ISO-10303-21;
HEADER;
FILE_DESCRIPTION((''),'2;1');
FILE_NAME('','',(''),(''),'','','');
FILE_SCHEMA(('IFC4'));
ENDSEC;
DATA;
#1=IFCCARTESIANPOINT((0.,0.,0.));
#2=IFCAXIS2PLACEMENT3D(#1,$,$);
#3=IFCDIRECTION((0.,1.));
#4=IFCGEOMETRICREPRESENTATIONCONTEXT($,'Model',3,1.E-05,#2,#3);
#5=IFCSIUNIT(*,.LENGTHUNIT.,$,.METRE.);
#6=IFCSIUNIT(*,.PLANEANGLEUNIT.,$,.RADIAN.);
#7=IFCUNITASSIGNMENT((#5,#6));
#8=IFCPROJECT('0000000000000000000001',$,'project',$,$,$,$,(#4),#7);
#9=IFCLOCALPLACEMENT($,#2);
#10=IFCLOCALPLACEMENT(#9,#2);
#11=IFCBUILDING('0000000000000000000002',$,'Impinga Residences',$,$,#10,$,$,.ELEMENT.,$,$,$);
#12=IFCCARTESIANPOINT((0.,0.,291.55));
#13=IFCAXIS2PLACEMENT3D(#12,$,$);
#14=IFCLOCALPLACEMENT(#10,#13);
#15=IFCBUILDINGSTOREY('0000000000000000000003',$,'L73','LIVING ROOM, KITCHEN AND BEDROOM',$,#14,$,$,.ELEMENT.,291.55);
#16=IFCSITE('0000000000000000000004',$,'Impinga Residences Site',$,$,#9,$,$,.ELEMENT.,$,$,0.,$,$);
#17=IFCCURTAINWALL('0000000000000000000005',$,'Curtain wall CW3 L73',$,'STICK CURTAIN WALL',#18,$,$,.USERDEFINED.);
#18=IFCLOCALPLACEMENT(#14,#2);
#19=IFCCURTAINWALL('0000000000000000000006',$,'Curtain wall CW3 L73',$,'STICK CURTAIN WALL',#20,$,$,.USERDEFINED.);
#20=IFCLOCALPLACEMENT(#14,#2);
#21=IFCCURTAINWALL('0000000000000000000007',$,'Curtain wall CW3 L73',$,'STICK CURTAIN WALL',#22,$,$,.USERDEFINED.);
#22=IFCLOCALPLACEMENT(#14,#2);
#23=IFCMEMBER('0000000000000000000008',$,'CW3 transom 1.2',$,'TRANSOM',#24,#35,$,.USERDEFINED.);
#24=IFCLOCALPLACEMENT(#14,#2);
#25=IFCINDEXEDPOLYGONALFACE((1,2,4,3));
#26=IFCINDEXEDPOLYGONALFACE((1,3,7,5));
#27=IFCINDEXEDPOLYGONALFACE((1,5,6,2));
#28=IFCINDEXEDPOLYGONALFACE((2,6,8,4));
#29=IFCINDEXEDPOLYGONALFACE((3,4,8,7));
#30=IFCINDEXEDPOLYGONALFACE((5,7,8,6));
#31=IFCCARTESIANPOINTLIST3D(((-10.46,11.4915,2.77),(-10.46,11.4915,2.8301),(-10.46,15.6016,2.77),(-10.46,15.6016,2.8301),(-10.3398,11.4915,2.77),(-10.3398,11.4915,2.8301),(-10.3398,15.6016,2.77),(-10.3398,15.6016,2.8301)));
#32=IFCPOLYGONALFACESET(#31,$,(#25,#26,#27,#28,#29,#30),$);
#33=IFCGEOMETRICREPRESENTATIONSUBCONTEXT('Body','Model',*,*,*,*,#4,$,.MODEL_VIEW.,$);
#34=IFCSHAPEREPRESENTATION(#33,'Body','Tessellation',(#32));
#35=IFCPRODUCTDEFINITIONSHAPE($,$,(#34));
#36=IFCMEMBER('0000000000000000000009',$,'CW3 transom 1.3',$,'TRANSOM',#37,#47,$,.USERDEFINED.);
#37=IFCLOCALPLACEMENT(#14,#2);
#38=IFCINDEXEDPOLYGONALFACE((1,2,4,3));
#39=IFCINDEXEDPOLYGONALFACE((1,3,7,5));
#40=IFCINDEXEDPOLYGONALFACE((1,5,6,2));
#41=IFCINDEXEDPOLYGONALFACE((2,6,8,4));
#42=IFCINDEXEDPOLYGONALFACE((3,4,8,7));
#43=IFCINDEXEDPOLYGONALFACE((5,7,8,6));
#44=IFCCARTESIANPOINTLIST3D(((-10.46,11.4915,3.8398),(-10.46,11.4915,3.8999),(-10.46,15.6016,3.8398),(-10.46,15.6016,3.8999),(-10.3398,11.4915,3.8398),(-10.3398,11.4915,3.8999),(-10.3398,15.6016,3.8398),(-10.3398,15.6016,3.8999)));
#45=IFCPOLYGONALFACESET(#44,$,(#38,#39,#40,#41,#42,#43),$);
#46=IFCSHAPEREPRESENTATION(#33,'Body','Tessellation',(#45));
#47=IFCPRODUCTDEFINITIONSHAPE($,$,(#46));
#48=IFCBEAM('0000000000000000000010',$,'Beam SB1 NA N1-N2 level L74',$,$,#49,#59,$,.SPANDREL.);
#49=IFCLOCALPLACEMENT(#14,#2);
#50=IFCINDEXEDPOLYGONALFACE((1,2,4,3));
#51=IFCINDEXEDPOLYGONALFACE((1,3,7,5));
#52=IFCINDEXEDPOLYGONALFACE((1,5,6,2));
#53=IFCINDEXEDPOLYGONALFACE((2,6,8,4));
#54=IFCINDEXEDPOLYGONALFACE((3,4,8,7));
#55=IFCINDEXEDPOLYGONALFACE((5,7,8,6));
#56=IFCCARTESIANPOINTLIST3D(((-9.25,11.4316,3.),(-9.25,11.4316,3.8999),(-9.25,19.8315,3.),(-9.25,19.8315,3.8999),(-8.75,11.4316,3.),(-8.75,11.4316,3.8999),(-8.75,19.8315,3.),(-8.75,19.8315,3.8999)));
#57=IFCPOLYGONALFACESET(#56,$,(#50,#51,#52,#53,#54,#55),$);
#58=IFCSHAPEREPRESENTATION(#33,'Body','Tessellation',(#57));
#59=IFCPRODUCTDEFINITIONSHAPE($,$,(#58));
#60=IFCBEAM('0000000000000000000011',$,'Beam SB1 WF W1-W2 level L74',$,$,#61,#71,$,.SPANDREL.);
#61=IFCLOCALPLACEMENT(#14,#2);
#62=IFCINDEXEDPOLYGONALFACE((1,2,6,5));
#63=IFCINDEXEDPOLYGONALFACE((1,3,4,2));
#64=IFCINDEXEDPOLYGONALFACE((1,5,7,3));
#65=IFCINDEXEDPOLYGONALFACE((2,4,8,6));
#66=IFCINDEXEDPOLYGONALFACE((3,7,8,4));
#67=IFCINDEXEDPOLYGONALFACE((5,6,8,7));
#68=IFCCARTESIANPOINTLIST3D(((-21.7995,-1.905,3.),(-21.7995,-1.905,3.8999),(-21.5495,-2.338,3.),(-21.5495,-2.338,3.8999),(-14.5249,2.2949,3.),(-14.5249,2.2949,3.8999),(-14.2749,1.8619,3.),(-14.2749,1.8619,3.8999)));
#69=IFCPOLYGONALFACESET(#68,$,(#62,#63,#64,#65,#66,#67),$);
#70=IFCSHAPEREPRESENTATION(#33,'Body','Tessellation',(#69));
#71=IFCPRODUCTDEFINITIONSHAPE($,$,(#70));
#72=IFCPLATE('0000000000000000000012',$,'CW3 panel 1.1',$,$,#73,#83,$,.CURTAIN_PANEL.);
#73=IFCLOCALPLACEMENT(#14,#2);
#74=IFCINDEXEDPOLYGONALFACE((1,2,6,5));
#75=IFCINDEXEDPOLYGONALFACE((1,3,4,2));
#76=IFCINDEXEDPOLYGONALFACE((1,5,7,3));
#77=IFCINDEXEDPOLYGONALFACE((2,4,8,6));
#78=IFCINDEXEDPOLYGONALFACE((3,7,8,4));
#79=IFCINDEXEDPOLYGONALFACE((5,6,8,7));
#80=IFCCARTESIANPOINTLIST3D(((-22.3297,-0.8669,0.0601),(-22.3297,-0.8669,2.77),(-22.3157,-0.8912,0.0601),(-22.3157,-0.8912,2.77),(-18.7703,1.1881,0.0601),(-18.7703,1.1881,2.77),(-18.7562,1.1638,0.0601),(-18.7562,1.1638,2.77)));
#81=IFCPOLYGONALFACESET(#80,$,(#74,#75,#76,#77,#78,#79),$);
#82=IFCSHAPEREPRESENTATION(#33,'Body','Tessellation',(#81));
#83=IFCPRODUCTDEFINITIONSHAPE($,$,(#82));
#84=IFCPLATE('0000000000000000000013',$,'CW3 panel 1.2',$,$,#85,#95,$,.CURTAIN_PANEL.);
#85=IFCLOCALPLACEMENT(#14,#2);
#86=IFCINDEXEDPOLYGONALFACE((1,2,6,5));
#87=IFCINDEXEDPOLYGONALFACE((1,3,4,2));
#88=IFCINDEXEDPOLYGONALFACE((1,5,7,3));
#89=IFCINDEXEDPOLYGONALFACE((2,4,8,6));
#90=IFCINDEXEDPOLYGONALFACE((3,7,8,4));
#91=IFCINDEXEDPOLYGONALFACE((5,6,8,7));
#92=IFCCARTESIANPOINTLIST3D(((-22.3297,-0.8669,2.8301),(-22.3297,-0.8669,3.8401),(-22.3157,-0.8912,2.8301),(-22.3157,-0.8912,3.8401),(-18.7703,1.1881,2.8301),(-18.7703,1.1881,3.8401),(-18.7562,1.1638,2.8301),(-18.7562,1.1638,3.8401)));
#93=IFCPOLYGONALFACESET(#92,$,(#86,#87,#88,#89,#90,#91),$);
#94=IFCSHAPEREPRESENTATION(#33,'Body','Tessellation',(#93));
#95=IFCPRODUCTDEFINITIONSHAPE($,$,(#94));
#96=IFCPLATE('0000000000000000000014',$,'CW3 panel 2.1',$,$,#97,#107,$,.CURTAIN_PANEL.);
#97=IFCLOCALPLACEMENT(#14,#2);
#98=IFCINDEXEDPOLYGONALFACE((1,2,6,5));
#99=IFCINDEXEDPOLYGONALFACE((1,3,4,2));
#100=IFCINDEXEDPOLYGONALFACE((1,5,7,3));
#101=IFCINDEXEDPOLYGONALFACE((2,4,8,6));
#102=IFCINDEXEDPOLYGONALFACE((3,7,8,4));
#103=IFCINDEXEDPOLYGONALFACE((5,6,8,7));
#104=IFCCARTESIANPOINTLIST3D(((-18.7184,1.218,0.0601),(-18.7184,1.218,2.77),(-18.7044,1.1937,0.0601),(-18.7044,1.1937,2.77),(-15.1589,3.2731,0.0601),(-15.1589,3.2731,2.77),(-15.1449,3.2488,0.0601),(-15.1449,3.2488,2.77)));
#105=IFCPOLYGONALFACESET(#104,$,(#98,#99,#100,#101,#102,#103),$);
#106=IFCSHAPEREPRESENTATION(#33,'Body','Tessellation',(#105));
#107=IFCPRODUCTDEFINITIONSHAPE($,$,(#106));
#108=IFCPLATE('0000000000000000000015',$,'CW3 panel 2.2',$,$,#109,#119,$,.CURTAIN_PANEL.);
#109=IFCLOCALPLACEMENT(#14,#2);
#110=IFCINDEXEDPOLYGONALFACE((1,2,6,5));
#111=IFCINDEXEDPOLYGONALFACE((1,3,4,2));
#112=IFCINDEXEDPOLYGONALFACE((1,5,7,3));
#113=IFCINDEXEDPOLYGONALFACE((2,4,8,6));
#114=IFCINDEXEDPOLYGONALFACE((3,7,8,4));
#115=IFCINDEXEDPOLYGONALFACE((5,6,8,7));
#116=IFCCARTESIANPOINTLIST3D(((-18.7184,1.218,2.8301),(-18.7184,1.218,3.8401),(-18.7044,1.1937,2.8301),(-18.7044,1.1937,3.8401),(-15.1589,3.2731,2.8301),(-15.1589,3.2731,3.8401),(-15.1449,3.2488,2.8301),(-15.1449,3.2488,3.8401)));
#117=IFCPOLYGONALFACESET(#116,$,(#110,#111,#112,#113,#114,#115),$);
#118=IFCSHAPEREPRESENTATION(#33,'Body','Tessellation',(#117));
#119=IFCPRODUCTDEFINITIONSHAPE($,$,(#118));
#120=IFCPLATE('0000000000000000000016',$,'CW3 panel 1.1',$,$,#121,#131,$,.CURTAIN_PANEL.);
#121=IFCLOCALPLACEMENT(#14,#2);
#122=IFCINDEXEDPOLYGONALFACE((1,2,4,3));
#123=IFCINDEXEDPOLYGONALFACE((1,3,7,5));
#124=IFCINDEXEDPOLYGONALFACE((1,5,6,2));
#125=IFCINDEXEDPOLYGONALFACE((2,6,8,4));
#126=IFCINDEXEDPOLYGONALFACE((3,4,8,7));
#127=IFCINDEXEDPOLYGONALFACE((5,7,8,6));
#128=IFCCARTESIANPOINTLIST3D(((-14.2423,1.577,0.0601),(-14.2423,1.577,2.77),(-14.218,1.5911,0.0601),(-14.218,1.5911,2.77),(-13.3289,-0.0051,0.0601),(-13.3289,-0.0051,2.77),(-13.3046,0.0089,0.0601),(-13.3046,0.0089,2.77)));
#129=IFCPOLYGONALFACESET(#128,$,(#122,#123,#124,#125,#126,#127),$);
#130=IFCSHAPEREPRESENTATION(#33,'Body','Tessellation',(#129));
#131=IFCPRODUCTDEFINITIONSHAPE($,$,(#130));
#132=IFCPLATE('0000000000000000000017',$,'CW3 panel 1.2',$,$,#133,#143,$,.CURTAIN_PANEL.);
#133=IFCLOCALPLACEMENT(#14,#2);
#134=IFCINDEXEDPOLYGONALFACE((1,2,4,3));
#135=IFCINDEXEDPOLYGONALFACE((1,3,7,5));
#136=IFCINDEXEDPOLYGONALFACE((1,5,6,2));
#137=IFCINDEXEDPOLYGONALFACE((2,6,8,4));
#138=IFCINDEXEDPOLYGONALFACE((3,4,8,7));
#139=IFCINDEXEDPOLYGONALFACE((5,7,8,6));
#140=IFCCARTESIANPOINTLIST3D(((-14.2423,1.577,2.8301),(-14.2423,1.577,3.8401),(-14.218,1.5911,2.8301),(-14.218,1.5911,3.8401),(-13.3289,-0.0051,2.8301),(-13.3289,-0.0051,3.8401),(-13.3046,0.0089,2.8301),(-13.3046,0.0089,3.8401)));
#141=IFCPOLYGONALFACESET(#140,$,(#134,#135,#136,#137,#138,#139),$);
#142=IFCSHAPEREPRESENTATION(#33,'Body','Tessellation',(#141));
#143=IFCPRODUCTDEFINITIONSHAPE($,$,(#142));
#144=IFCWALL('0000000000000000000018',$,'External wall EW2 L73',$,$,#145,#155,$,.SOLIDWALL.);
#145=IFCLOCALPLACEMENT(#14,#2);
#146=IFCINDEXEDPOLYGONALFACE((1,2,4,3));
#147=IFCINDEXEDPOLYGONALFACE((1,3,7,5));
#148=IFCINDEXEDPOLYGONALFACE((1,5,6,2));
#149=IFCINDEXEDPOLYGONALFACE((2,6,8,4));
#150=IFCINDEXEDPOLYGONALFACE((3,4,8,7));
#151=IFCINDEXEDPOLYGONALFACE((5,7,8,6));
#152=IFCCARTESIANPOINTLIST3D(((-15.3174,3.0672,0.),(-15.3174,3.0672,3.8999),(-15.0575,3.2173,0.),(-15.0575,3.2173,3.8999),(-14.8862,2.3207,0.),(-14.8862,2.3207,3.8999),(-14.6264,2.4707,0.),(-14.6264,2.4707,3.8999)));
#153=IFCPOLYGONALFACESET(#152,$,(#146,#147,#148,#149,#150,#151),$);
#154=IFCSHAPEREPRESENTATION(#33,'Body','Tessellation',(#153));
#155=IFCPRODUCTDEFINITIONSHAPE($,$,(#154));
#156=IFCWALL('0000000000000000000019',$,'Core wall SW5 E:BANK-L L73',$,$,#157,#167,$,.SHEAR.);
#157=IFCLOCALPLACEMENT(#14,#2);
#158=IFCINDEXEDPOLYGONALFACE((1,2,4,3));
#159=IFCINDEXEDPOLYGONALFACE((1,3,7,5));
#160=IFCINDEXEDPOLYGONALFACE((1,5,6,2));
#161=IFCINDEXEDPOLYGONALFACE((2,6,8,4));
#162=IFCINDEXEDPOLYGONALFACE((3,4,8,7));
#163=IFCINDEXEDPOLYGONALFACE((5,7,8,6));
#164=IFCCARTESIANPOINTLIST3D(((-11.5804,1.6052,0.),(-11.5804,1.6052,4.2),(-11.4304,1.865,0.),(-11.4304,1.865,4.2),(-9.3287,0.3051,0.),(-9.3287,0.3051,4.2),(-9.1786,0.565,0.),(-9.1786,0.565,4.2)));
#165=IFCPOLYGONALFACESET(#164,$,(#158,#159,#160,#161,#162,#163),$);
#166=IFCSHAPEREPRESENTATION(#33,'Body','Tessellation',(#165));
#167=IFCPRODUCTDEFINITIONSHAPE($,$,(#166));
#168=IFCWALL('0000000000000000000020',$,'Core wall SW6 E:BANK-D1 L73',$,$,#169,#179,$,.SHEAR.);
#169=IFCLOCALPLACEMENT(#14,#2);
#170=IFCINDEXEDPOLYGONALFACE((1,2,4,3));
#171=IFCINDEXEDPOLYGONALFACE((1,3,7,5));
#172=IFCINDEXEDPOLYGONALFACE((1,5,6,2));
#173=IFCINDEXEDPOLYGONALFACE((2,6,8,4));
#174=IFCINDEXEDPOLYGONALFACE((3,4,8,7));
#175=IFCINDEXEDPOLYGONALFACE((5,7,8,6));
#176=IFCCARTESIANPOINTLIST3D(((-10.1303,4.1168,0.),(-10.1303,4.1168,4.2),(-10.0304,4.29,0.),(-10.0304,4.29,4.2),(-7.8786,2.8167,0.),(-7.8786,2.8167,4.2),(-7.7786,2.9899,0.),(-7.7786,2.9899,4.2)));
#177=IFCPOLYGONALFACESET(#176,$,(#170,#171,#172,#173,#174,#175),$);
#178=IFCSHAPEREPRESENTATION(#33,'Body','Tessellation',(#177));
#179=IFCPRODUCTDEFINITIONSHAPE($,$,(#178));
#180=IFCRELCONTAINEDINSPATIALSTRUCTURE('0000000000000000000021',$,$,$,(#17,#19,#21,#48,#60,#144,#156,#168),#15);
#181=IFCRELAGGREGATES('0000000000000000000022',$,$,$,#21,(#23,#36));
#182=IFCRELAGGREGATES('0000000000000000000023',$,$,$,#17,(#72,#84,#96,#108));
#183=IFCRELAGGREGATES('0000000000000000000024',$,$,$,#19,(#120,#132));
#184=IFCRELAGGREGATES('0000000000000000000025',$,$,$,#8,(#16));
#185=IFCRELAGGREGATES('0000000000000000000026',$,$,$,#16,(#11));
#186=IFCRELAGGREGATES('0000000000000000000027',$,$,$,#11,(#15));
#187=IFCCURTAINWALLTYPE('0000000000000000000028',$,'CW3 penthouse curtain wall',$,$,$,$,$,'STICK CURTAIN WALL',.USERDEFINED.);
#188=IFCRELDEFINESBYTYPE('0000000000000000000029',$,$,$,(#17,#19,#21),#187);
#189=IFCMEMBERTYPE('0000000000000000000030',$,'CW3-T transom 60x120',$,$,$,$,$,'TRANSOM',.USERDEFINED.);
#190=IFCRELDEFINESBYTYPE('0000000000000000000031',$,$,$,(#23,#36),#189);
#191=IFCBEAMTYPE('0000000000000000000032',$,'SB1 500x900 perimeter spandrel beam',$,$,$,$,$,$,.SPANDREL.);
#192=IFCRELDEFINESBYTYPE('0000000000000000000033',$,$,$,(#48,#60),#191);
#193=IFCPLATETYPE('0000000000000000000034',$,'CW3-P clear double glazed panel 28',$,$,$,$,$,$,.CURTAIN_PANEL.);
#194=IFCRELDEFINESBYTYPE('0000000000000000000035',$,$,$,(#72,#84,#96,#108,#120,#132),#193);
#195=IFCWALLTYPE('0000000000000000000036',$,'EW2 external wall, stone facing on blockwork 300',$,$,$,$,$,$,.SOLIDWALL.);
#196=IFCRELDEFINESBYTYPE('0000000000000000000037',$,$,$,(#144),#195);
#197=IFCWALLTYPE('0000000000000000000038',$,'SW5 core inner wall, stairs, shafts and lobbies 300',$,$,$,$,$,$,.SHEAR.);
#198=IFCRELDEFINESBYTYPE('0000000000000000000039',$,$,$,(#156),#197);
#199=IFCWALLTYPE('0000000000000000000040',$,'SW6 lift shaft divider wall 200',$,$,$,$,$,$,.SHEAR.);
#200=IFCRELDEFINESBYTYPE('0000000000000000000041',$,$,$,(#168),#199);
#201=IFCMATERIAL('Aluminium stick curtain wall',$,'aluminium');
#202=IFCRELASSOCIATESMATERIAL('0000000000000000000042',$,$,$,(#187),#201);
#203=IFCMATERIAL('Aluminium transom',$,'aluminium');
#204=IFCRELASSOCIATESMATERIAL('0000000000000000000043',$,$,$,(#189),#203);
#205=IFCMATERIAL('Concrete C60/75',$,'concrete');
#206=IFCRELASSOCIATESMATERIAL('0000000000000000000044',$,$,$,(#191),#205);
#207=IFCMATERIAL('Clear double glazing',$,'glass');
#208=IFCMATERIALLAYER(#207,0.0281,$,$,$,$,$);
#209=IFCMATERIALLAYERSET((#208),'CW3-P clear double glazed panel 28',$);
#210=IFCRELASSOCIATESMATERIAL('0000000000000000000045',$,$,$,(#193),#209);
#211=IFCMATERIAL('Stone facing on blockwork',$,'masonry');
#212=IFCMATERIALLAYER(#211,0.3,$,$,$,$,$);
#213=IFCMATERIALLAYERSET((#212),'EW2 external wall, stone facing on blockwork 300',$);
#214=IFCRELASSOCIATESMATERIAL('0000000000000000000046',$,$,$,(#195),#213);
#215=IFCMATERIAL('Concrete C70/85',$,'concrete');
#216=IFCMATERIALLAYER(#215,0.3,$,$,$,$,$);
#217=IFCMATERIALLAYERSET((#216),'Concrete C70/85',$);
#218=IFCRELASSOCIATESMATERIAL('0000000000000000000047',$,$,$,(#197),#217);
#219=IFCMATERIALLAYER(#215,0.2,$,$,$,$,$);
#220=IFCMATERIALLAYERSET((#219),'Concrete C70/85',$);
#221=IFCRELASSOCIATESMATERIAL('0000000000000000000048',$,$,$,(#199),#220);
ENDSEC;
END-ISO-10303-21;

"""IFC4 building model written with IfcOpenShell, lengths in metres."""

from ifc_helpers import new_model, si_unit, direction, frame, frame_2d, origin, origin_2d, place, context, subcontext, project, spatial, rectangle, extrude, material, layer, layer_set, material_profile, profile_set, type_object, element, aggregate, save


model = new_model("IFC4")

# Units and contexts
model_context = context("Model", 3, precision=1e-05, world=origin(), true_north=direction((0.0, 1.0)))
body_context = subcontext(model_context, "Body", "Model", "MODEL_VIEW")
ifc_project = project(units=[si_unit("LENGTHUNIT", "METRE"), si_unit("PLANEANGLEUNIT", "RADIAN")], contexts=[model_context])

# Site, building, storey
site_placement = place(None, origin())
site = spatial("IfcSite", under=ifc_project, at=site_placement, Name="Impinga Residences Site", CompositionType="ELEMENT", RefElevation=0.0)
building_placement = place(site_placement, origin())
building = spatial("IfcBuilding", under=site, at=building_placement, Name="Impinga Residences", CompositionType="ELEMENT")
storey_placement = place(building_placement, frame((0.0, 0.0, 291.55)))
storey = spatial("IfcBuildingStorey", under=building, at=storey_placement, Name="L73", Description="LIVING ROOM, KITCHEN AND BEDROOM", CompositionType="ELEMENT", Elevation=291.55)

# Shared definitions
ifc_material_1 = material(Name="Concrete C60/75", Category="concrete")

# Curtain wall
ifc_material_2 = material(Name="Aluminium stick curtain wall", Category="aluminium")
curtain_wall_type = type_object("IfcCurtainWallType", Name="CW3 penthouse curtain wall", ElementType="STICK CURTAIN WALL", PredefinedType="USERDEFINED", material=ifc_material_2)
curtain_wall_1_placement = place(storey_placement, origin())
curtain_wall_1 = element("IfcCurtainWall", 1, at=curtain_wall_1_placement, inside=storey, type_object=curtain_wall_type, Name="Curtain wall CW3 L73", ObjectType="STICK CURTAIN WALL", PredefinedType="USERDEFINED")

# Curtain walls
curtain_wall_2_placement = place(storey_placement, origin())
curtain_wall_2 = element("IfcCurtainWall", 2, at=curtain_wall_2_placement, inside=storey, type_object=curtain_wall_type, Name="Curtain wall CW3 L73", ObjectType="STICK CURTAIN WALL", PredefinedType="USERDEFINED")
curtain_wall_3_placement = place(storey_placement, origin())
curtain_wall_3 = element("IfcCurtainWall", 3, at=curtain_wall_3_placement, inside=storey, type_object=curtain_wall_type, Name="Curtain wall CW3 L73", ObjectType="STICK CURTAIN WALL", PredefinedType="USERDEFINED")

# Members
ifc_material_3 = material(Name="Aluminium transom", Category="aluminium")
ifc_material_profile_1 = material_profile(ifc_material_3, rectangle(XDim=0.0601, YDim=0.1201, at=origin_2d()), Name="60x120 transom")
ifc_profile_set_1 = profile_set([ifc_material_profile_1], Name="Aluminium transom")
member_type_1 = type_object("IfcMemberType", Name="CW3-T transom 60x120", ElementType="TRANSOM", PredefinedType="USERDEFINED", material=ifc_profile_set_1)
member_1_placement = place(storey_placement, frame((-10.3999, 11.4915, 2.8), z_axis=(0.0, 1.0, 0.0), x_axis=(0.0, 0.0, 1.0)))
member_1 = element("IfcMember", 4, at=member_1_placement, type_object=member_type_1, Name="CW3 transom 1.2", ObjectType="TRANSOM", PredefinedType="USERDEFINED", context=body_context, shape_type="SweptSolid", body=[
    extrude(rectangle(XDim=0.0601, YDim=0.1201, at=origin_2d()), origin(), (0.0, 0.0, 1.0), 4.1101),
])
member_2_placement = place(storey_placement, frame((-10.3999, 11.4915, 3.8699), z_axis=(0.0, 1.0, 0.0), x_axis=(0.0, 0.0, 1.0)))
member_2 = element("IfcMember", 5, at=member_2_placement, type_object=member_type_1, Name="CW3 transom 1.3", ObjectType="TRANSOM", PredefinedType="USERDEFINED", context=body_context, shape_type="SweptSolid", body=[
    extrude(rectangle(XDim=0.0601, YDim=0.1201, at=origin_2d()), origin(), (0.0, 0.0, 1.0), 4.1101),
])
aggregate(curtain_wall_3, [member_1, member_2])

# Beams
ifc_material_profile_2 = material_profile(ifc_material_1, rectangle(XDim=0.5, YDim=0.8999, at=origin_2d()), Name="RC 500x900")
ifc_profile_set_2 = profile_set([ifc_material_profile_2], Name="Concrete C60/75")
beam_type = type_object("IfcBeamType", Name="SB1 500x900 perimeter spandrel beam", PredefinedType="SPANDREL", material=ifc_profile_set_2)
for number, where, z_axis, x_axis, name in (
    (6, (-9.0, 11.4316, 3.45), (0.0, 1.0, 0.0), (-1.0, 0.0, 0.0), "Beam SB1 NA N1-N2 level L74"),
    (7, (-14.3999, 2.0784, 3.45), (-0.866029, -0.499993, 0.0), (0.499993, -0.866029, 0.0), "Beam SB1 WF W1-W2 level L74"),
):
    element("IfcBeam", number, at=place(storey_placement, frame(where, z_axis=z_axis, x_axis=x_axis)), inside=storey, type_object=beam_type, Name=name, PredefinedType="SPANDREL", context=body_context, shape_type="SweptSolid", body=[
        extrude(rectangle(XDim=0.5, YDim=0.8999, at=origin_2d()), origin(), (0.0, 0.0, 1.0), 8.3999),
    ])

# Plates
ifc_material_4 = material(Name="Clear double glazing", Category="glass")
ifc_layer_1 = layer(ifc_material_4, 0.0281)
ifc_layer_set_1 = layer_set([ifc_layer_1], Name="CW3-P clear double glazed panel 28")
plate_type = type_object("IfcPlateType", Name="CW3-P clear double glazed panel 28", PredefinedType="CURTAIN_PANEL", material=ifc_layer_set_1)
plate_1_placement = place(storey_placement, frame((-20.543, 0.1484, 0.0601), z_axis=(0.0, 0.0, 1.0), x_axis=(0.866025, 0.5, 0.0)))
plate_1 = element("IfcPlate", 8, at=plate_1_placement, type_object=plate_type, Name="CW3 panel 1.1", PredefinedType="CURTAIN_PANEL", context=body_context, shape_type="SweptSolid", body=[
    extrude(rectangle(XDim=4.1101, YDim=0.0281, at=origin_2d()), origin(), (0.0, 0.0, 1.0), 2.71),
])
plate_2_placement = place(storey_placement, frame((-20.543, 0.1484, 2.8301), z_axis=(0.0, 0.0, 1.0), x_axis=(0.866025, 0.5, 0.0)))
plate_2 = element("IfcPlate", 9, at=plate_2_placement, type_object=plate_type, Name="CW3 panel 1.2", PredefinedType="CURTAIN_PANEL", context=body_context, shape_type="SweptSolid", body=[
    extrude(rectangle(XDim=4.1101, YDim=0.0281, at=origin_2d()), origin(), (0.0, 0.0, 1.0), 1.01),
])
plate_3_placement = place(storey_placement, frame((-16.9316, 2.2334, 0.0601), z_axis=(0.0, 0.0, 1.0), x_axis=(0.866025, 0.5, 0.0)))
plate_3 = element("IfcPlate", 10, at=plate_3_placement, type_object=plate_type, Name="CW3 panel 2.1", PredefinedType="CURTAIN_PANEL", context=body_context, shape_type="SweptSolid", body=[
    extrude(rectangle(XDim=4.1101, YDim=0.0281, at=origin_2d()), origin(), (0.0, 0.0, 1.0), 2.71),
])
plate_4_placement = place(storey_placement, frame((-16.9316, 2.2334, 2.8301), z_axis=(0.0, 0.0, 1.0), x_axis=(0.866025, 0.5, 0.0)))
plate_4 = element("IfcPlate", 11, at=plate_4_placement, type_object=plate_type, Name="CW3 panel 2.2", PredefinedType="CURTAIN_PANEL", context=body_context, shape_type="SweptSolid", body=[
    extrude(rectangle(XDim=4.1101, YDim=0.0281, at=origin_2d()), origin(), (0.0, 0.0, 1.0), 1.01),
])
aggregate(curtain_wall_1, [plate_1, plate_2, plate_3, plate_4])
plate_5_placement = place(storey_placement, frame((-13.7734, 0.793, 0.0601), z_axis=(0.0, 0.0, 1.0), x_axis=(0.5, -0.866025, 0.0)))
plate_5 = element("IfcPlate", 12, at=plate_5_placement, type_object=plate_type, Name="CW3 panel 1.1", PredefinedType="CURTAIN_PANEL", context=body_context, shape_type="SweptSolid", body=[
    extrude(rectangle(XDim=1.8269, YDim=0.0281, at=origin_2d()), origin(), (0.0, 0.0, 1.0), 2.71),
])
plate_6_placement = place(storey_placement, frame((-13.7734, 0.793, 2.8301), z_axis=(0.0, 0.0, 1.0), x_axis=(0.5, -0.866025, 0.0)))
plate_6 = element("IfcPlate", 13, at=plate_6_placement, type_object=plate_type, Name="CW3 panel 1.2", PredefinedType="CURTAIN_PANEL", context=body_context, shape_type="SweptSolid", body=[
    extrude(rectangle(XDim=1.8269, YDim=0.0281, at=origin_2d()), origin(), (0.0, 0.0, 1.0), 1.01),
])
aggregate(curtain_wall_2, [plate_5, plate_6])

# Walls
ifc_material_5 = material(Name="Stone facing on blockwork", Category="masonry")
ifc_layer_2 = layer(ifc_material_5, 0.3)
ifc_layer_set_2 = layer_set([ifc_layer_2], Name="EW2 external wall, stone facing on blockwork 300")
wall_type_1 = type_object("IfcWallType", Name="EW2 external wall, stone facing on blockwork 300", PredefinedType="SOLIDWALL", material=ifc_layer_set_2)
wall_1_placement = place(storey_placement, frame((-15.1875, 3.1423, 0.0), z_axis=(0.0, 0.0, 1.0), x_axis=(0.500098, -0.865969, 0.0)))
element("IfcWall", 14, at=wall_1_placement, inside=storey, type_object=wall_type_1, Name="External wall EW2 L73", PredefinedType="SOLIDWALL", context=body_context, shape_type="SweptSolid", body=[
    extrude(rectangle(XDim=0.8621, YDim=0.3, at=frame_2d((0.4312, 0.0))), origin(), (0.0, 0.0, 1.0), 3.8999),
])
ifc_material_6 = material(Name="Concrete C70/85", Category="concrete")
ifc_layer_3 = layer(ifc_material_6, 0.3)
ifc_layer_set_3 = layer_set([ifc_layer_3], Name="Concrete C70/85")
wall_type_2 = type_object("IfcWallType", Name="SW5 core inner wall, stairs, shafts and lobbies 300", PredefinedType="SHEAR", material=ifc_layer_set_3)
wall_2_placement = place(storey_placement, frame((-9.2537, 0.4351, 0.0), z_axis=(0.0, 0.0, 1.0), x_axis=(-0.866021, 0.500007, 0.0)))
element("IfcWall", 15, at=wall_2_placement, inside=storey, type_object=wall_type_2, Name="Core wall SW5 E:BANK-L L73", PredefinedType="SHEAR", context=body_context, shape_type="SweptSolid", body=[
    extrude(rectangle(XDim=2.6001, YDim=0.3, at=frame_2d((1.3, 0.0))), origin(), (0.0, 0.0, 1.0), 4.2),
])
ifc_layer_4 = layer(ifc_material_6, 0.2)
ifc_layer_set_4 = layer_set([ifc_layer_4], Name="Concrete C70/85")
wall_type_3 = type_object("IfcWallType", Name="SW6 lift shaft divider wall 200", PredefinedType="SHEAR", material=ifc_layer_set_4)
wall_3_placement = place(storey_placement, frame((-7.8286, 2.9033, 0.0), z_axis=(0.0, 0.0, 1.0), x_axis=(-0.866021, 0.500007, 0.0)))
element("IfcWall", 16, at=wall_3_placement, inside=storey, type_object=wall_type_3, Name="Core wall SW6 E:BANK-D1 L73", PredefinedType="SHEAR", context=body_context, shape_type="SweptSolid", body=[
    extrude(rectangle(XDim=2.6001, YDim=0.2, at=frame_2d((1.3, 0.0))), origin(), (0.0, 0.0, 1.0), 4.2),
])

save(model, "model.ifc")
